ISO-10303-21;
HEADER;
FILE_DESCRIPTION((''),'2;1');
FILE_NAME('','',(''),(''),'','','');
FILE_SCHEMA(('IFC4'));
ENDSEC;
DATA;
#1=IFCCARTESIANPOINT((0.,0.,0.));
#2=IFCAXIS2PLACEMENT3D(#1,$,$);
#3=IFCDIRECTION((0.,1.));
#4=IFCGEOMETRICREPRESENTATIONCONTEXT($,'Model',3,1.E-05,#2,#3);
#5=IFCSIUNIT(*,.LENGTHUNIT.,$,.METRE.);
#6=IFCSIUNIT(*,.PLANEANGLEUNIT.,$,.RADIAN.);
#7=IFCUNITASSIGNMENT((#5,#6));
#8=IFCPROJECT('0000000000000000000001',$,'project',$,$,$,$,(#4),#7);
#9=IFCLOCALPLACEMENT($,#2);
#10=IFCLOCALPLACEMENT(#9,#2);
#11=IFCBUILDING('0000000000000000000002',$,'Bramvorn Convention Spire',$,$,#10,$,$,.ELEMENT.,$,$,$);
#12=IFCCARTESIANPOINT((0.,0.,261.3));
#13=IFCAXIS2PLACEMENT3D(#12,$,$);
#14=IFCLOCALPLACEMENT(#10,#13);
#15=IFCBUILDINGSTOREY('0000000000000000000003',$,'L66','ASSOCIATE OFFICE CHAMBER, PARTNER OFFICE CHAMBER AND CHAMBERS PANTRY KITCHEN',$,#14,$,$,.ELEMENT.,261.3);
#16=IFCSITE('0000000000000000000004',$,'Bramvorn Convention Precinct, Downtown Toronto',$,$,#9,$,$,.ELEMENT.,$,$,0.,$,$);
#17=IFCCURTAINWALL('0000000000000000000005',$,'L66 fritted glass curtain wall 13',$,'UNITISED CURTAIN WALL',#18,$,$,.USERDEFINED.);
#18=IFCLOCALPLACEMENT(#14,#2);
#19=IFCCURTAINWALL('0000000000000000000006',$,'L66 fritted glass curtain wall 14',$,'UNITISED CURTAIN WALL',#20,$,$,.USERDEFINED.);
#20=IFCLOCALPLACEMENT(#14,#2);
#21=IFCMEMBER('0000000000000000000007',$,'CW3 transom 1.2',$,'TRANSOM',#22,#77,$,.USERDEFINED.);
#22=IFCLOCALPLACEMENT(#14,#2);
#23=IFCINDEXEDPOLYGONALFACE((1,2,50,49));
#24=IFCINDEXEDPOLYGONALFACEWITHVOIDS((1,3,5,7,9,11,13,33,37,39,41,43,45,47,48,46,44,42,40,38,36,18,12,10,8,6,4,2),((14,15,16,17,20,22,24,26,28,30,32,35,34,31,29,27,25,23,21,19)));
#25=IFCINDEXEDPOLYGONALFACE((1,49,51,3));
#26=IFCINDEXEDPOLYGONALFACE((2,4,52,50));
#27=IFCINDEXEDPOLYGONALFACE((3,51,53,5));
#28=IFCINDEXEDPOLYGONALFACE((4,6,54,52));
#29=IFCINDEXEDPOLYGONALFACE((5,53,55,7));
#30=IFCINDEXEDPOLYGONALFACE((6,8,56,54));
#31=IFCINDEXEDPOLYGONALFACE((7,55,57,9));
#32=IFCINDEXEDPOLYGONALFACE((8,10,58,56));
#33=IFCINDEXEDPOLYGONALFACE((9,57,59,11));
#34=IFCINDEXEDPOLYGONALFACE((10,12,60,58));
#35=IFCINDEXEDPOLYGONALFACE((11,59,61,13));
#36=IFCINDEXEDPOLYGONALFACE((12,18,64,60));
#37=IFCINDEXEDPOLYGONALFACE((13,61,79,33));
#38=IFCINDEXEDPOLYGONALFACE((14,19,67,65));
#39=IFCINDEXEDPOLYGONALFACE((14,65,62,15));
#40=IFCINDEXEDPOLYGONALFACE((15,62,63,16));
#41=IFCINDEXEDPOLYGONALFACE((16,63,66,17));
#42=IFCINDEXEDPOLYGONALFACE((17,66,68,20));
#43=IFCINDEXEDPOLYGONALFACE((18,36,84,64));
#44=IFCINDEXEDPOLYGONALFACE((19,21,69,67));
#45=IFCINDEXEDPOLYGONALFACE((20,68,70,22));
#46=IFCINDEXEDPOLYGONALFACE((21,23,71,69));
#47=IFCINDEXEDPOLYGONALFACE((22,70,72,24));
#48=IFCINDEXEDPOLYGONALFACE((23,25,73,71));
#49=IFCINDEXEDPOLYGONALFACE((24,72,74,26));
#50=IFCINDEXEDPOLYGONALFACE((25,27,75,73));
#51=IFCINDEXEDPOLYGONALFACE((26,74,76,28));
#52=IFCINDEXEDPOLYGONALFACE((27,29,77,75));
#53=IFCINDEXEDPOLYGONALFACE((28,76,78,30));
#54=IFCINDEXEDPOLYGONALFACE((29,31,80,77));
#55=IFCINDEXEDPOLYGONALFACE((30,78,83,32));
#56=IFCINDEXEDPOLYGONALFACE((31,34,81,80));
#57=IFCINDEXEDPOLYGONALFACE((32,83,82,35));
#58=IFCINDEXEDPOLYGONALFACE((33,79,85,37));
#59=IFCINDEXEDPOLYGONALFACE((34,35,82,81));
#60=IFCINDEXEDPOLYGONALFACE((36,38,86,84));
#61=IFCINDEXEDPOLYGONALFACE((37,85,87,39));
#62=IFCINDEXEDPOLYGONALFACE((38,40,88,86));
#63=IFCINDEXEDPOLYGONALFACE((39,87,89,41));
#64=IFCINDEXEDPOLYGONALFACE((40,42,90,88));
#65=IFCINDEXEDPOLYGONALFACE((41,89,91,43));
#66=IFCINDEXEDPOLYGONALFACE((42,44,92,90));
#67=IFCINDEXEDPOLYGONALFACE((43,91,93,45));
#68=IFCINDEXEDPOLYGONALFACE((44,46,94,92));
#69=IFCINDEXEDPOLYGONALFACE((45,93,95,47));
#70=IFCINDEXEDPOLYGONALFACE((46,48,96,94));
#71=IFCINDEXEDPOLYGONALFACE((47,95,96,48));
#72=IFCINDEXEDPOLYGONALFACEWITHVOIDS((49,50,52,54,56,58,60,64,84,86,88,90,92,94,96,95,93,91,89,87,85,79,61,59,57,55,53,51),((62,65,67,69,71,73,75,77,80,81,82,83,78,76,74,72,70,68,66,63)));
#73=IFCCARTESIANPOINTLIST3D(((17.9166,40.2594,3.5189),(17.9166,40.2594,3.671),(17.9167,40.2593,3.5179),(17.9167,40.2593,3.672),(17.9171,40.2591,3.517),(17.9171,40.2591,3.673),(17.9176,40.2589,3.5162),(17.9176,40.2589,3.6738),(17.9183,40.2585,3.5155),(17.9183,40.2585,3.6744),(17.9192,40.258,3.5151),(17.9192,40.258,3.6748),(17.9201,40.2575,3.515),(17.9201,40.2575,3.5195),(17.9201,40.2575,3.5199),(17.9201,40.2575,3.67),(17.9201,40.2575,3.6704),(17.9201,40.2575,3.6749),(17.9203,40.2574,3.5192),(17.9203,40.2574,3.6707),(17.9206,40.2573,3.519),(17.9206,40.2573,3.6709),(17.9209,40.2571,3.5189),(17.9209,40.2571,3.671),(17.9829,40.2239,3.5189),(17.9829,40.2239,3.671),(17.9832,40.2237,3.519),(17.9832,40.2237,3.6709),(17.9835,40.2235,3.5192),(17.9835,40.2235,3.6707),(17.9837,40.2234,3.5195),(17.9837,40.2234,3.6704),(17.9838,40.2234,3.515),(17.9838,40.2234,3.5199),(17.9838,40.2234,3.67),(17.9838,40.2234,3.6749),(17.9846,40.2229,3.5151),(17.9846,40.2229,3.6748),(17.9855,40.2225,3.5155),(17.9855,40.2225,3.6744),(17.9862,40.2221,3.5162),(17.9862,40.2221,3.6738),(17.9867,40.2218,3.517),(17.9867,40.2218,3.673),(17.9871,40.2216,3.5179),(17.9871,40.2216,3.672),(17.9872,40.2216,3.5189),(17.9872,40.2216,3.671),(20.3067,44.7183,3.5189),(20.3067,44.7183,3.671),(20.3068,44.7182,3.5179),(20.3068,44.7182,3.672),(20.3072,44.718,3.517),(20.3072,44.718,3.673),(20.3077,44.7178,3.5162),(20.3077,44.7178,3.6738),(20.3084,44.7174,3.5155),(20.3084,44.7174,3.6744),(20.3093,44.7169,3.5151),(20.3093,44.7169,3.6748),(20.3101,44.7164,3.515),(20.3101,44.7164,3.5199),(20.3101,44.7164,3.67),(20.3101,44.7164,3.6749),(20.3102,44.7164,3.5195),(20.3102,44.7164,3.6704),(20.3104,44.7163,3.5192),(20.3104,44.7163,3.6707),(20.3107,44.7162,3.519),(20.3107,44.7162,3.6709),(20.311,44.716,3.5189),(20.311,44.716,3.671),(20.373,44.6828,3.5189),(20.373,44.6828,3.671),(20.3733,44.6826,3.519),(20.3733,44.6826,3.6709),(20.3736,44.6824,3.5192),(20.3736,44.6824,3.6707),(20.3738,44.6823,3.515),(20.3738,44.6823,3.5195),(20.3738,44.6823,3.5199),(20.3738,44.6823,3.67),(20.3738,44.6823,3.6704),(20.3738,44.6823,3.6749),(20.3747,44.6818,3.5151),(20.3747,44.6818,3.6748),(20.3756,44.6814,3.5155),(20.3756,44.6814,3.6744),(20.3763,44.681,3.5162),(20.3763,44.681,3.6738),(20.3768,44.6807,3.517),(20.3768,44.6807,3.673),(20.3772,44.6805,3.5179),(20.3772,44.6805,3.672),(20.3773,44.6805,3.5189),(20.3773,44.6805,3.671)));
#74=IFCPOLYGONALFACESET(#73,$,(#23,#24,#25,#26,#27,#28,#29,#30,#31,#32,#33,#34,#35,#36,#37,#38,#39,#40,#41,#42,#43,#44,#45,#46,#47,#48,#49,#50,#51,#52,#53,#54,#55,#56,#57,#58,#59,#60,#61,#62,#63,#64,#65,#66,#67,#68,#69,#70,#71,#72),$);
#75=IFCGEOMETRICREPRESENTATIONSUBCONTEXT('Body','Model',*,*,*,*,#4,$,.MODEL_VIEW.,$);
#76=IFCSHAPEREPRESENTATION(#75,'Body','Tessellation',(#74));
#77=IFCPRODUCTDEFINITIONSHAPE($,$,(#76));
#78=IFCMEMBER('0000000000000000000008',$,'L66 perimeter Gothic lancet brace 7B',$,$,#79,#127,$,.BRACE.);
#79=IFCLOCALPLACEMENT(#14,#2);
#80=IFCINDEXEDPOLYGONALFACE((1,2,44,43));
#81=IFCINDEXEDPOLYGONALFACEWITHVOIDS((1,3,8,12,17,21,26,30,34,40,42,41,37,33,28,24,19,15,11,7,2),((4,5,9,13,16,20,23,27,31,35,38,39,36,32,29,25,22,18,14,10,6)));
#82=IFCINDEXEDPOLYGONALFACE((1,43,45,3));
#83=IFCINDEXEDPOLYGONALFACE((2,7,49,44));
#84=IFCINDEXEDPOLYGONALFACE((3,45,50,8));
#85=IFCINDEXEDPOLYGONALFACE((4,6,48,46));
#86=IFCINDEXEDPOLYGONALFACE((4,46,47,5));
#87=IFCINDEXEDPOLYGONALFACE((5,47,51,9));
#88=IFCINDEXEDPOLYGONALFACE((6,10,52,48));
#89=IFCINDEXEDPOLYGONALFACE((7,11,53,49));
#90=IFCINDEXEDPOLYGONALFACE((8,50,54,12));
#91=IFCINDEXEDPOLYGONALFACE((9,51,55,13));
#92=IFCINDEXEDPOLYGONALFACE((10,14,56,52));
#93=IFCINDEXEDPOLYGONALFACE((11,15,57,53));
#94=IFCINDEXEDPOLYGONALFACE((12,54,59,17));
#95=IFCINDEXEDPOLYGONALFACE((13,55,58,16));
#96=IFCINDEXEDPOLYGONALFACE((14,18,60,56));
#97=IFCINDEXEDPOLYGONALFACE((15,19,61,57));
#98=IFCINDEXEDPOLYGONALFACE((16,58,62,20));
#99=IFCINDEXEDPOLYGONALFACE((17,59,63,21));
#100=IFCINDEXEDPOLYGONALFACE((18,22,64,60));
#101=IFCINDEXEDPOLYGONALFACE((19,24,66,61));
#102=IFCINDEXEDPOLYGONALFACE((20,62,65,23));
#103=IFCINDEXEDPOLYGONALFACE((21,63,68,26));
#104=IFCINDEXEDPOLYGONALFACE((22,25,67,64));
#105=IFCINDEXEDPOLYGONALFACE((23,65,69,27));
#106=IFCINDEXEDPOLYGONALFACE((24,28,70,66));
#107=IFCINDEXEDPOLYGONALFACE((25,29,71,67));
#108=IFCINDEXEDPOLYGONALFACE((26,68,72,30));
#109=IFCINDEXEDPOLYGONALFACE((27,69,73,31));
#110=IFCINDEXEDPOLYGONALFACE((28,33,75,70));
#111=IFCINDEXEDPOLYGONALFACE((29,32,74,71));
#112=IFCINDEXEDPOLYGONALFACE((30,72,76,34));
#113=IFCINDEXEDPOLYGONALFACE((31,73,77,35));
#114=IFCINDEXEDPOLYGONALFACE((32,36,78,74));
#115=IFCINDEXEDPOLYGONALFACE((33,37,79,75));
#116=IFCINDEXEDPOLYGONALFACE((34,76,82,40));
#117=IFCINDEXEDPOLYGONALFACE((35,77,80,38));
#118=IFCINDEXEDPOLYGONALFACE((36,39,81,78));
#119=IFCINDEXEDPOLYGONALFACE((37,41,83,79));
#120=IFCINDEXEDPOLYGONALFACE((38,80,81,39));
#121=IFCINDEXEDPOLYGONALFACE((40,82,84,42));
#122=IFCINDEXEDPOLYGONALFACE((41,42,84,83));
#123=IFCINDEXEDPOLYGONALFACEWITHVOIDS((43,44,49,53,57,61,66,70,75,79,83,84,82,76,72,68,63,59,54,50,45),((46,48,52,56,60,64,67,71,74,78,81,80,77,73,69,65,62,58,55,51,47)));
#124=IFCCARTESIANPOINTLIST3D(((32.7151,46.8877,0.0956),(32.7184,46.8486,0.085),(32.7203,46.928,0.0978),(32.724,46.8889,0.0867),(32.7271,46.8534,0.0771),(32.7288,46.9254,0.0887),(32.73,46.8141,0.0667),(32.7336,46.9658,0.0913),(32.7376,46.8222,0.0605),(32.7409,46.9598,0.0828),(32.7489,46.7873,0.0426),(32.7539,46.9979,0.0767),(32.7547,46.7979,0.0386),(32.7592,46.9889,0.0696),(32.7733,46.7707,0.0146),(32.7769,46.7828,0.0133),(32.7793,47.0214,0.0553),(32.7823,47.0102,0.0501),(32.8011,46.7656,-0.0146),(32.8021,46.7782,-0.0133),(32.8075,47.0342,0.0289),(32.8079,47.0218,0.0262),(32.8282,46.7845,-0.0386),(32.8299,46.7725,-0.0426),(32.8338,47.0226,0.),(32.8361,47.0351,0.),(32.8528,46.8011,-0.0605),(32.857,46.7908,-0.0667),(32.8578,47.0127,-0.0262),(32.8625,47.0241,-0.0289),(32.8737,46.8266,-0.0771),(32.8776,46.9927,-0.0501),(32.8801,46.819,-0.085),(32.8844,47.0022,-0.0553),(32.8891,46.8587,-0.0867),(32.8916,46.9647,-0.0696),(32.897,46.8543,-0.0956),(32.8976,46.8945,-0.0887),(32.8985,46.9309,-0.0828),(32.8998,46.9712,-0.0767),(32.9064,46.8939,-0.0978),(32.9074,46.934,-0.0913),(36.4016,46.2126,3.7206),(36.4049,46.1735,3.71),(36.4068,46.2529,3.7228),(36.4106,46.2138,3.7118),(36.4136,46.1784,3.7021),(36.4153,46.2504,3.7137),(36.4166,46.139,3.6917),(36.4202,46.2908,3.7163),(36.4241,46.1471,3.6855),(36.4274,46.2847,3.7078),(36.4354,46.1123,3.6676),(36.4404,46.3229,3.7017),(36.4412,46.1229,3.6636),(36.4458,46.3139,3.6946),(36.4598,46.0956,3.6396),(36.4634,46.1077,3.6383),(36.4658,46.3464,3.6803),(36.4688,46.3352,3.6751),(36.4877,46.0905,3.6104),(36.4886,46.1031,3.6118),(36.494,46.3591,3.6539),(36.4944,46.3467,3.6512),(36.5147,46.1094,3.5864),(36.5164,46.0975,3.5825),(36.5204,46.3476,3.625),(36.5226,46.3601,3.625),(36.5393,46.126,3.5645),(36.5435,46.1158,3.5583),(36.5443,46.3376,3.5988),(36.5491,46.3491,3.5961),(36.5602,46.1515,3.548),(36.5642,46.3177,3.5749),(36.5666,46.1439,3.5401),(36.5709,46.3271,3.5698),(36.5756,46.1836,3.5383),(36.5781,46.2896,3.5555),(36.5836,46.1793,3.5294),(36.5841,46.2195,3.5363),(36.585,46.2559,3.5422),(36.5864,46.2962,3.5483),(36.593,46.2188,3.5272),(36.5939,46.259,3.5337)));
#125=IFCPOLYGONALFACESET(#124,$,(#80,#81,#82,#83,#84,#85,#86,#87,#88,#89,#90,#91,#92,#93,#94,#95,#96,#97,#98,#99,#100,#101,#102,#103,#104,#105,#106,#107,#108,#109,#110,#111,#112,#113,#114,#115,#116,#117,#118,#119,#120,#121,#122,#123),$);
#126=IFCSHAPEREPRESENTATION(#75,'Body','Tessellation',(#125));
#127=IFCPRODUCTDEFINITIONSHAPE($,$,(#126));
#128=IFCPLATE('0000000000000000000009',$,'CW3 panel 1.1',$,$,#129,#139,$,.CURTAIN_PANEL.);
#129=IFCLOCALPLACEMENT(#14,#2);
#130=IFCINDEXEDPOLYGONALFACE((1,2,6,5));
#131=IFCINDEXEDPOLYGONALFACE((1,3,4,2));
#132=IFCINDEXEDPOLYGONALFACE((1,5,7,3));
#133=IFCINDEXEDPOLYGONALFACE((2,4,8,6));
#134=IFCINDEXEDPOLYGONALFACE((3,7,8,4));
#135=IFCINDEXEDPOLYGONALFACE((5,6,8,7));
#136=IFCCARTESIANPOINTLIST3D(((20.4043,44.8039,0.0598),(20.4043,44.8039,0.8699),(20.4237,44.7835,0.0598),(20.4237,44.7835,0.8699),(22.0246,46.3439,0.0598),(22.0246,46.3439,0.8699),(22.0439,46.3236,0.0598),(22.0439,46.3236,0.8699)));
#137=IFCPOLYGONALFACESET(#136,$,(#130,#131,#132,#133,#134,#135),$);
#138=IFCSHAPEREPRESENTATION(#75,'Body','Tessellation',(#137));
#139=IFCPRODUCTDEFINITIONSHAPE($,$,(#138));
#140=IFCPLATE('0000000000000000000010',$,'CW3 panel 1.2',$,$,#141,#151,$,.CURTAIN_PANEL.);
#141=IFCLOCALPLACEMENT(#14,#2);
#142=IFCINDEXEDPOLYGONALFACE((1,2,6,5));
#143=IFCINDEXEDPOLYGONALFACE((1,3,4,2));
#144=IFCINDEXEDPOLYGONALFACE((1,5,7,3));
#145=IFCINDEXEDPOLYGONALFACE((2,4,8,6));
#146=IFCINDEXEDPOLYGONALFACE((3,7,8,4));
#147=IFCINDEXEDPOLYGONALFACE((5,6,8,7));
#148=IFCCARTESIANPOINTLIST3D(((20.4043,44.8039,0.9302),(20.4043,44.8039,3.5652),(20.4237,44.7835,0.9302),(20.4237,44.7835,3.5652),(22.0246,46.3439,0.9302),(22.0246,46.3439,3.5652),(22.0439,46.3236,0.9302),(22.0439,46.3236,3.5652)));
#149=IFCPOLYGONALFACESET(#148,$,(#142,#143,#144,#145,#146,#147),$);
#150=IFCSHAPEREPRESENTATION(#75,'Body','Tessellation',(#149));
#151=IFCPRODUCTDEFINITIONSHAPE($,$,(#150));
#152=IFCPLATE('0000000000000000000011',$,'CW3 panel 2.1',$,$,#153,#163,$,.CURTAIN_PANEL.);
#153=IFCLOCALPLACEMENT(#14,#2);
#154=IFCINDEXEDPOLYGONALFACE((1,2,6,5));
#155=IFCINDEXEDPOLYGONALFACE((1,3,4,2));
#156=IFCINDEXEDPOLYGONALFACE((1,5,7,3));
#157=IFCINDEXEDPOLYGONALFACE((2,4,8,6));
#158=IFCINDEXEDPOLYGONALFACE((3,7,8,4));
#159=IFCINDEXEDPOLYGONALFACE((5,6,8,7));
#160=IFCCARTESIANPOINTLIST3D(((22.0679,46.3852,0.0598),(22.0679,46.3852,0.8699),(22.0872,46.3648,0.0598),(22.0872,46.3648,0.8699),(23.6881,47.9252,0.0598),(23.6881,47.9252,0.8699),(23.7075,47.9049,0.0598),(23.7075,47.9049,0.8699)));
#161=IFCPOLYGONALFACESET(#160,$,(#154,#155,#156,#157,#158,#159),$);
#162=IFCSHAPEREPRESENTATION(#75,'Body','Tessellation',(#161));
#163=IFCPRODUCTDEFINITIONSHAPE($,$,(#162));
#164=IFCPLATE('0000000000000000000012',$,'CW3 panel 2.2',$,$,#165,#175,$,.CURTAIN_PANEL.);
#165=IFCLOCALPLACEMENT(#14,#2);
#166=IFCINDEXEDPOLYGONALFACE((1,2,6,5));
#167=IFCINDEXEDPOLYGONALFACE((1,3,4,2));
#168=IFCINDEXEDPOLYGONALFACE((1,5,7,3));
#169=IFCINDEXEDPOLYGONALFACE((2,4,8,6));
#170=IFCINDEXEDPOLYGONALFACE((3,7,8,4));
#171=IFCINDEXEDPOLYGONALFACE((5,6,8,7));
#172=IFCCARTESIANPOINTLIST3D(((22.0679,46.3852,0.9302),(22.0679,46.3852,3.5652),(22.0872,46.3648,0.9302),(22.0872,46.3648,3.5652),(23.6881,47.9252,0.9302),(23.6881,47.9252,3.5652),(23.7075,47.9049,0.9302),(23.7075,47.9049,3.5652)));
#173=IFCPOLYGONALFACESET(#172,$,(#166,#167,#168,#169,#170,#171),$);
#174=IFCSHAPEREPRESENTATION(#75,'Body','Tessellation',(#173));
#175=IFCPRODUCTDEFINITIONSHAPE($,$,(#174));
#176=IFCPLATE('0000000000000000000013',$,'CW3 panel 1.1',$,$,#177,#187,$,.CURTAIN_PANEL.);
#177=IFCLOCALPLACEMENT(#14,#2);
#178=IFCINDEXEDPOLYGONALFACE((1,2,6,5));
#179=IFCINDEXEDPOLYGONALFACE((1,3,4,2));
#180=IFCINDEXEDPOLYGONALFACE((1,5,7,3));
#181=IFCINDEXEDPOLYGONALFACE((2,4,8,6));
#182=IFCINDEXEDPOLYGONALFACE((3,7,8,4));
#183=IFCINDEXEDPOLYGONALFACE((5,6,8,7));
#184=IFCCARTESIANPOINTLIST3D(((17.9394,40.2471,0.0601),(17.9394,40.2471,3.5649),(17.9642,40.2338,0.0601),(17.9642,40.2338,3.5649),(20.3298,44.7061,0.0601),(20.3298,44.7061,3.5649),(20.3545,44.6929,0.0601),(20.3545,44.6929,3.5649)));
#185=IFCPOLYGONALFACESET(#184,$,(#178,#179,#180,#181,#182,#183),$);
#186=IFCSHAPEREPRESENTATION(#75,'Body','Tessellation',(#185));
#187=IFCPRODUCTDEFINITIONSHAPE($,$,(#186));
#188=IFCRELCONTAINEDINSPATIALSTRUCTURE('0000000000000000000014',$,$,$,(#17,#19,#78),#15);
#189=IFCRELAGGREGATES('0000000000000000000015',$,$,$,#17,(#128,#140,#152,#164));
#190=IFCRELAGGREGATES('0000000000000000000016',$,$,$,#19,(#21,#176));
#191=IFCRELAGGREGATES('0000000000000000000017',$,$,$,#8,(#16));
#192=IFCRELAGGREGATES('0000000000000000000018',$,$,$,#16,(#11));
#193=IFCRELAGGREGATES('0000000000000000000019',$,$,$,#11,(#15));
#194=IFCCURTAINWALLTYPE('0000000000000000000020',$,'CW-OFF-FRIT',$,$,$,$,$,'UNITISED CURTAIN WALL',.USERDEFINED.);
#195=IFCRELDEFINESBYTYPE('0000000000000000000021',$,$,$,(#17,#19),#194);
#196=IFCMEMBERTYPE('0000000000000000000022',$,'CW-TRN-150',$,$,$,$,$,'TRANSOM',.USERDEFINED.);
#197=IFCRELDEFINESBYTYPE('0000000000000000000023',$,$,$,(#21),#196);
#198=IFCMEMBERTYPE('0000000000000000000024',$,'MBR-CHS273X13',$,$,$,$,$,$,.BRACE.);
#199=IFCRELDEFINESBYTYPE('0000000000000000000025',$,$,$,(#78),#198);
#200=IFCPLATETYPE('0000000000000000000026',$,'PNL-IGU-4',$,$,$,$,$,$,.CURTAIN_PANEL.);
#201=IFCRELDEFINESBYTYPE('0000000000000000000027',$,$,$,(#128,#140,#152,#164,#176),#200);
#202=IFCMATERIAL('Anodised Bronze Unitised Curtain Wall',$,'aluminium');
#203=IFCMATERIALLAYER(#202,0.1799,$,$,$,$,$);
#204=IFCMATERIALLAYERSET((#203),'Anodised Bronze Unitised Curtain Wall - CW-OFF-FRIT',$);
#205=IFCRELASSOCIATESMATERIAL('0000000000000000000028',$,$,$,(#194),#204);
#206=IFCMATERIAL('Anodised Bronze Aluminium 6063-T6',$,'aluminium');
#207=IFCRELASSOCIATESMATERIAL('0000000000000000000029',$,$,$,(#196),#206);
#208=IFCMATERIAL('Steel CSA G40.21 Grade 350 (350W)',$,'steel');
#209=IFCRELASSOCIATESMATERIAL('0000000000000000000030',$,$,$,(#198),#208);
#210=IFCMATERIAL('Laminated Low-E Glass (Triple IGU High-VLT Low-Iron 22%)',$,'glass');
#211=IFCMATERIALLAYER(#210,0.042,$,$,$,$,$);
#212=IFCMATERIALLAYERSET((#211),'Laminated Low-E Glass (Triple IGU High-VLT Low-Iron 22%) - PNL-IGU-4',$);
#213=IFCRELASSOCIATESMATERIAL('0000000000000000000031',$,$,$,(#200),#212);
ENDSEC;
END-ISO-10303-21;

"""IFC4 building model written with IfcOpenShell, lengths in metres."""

from ifc_helpers import new_model, si_unit, direction, frame, origin, origin_2d, place, context, subcontext, project, spatial, rectangle, hollow_rectangle, hollow_circle, extrude, material, layer, layer_set, material_profile, profile_set, type_object, element, aggregate, save


model = new_model("IFC4")

# Units and contexts
model_context = context("Model", 3, precision=1e-05, world=origin(), true_north=direction((0.0, 1.0)))
body_context = subcontext(model_context, "Body", "Model", "MODEL_VIEW")
ifc_project = project(units=[si_unit("LENGTHUNIT", "METRE"), si_unit("PLANEANGLEUNIT", "RADIAN")], contexts=[model_context])

# Site, building, storey
site_placement = place(None, origin())
site = spatial("IfcSite", under=ifc_project, at=site_placement, Name="Bramvorn Convention Precinct, Downtown Toronto", CompositionType="ELEMENT", RefElevation=0.0)
building_placement = place(site_placement, origin())
building = spatial("IfcBuilding", under=site, at=building_placement, Name="Bramvorn Convention Spire", CompositionType="ELEMENT")
storey_placement = place(building_placement, frame((0.0, 0.0, 261.3)))
storey = spatial("IfcBuildingStorey", under=building, at=storey_placement, Name="L66", Description="ASSOCIATE OFFICE CHAMBER, PARTNER OFFICE CHAMBER AND CHAMBERS PANTRY KITCHEN", CompositionType="ELEMENT", Elevation=261.3)

# Shared definitions
ifc_material_1 = material(Name="Steel CSA G40.21 Grade 350 (350W)", Category="steel")

# Curtain walls
ifc_material_2 = material(Name="Anodised Bronze Unitised Curtain Wall", Category="aluminium")
ifc_layer_1 = layer(ifc_material_2, 0.1799)
ifc_layer_set_1 = layer_set([ifc_layer_1], Name="Anodised Bronze Unitised Curtain Wall - CW-OFF-FRIT")
curtain_wall_type = type_object("IfcCurtainWallType", Name="CW-OFF-FRIT", ElementType="UNITISED CURTAIN WALL", PredefinedType="USERDEFINED", material=ifc_layer_set_1)
curtain_wall_1_placement = place(storey_placement, origin())
curtain_wall_1 = element("IfcCurtainWall", 1, at=curtain_wall_1_placement, inside=storey, type_object=curtain_wall_type, Name="L66 fritted glass curtain wall 13", ObjectType="UNITISED CURTAIN WALL", PredefinedType="USERDEFINED")
ifc_material_3 = material(Name="Anodised Bronze Aluminium 6063-T6", Category="aluminium")
curtain_wall_2_placement = place(storey_placement, origin())
curtain_wall_2 = element("IfcCurtainWall", 2, at=curtain_wall_2_placement, inside=storey, type_object=curtain_wall_type, Name="L66 fritted glass curtain wall 14", ObjectType="UNITISED CURTAIN WALL", PredefinedType="USERDEFINED")

# Members
ifc_material_profile_1 = material_profile(ifc_material_3, hollow_rectangle(XDim=0.0801, YDim=0.1599, WallThickness=0.0039, InnerFilletRadius=0.001, OuterFilletRadius=0.0039, at=origin_2d()))
ifc_profile_set_1 = profile_set([ifc_material_profile_1], Name="Anodised Bronze Aluminium 6063-T6 - CWT80X160")
member_type_1 = type_object("IfcMemberType", Name="CW-TRN-150", ElementType="TRANSOM", PredefinedType="USERDEFINED", material=ifc_profile_set_1)
member_1_placement = place(storey_placement, frame((17.9519, 40.2405, 3.595), z_axis=(0.472436, 0.881365, 0.0), x_axis=(-0.881365, 0.472436, 0.0)))
member_1 = element("IfcMember", 3, at=member_1_placement, type_object=member_type_1, Name="CW3 transom 1.2", ObjectType="TRANSOM", PredefinedType="USERDEFINED", context=body_context, shape_type="SweptSolid", body=[
    extrude(hollow_rectangle(XDim=0.0801, YDim=0.1599, WallThickness=0.0039, InnerFilletRadius=0.001, OuterFilletRadius=0.0039, at=origin_2d()), origin(), (0.0, 0.0, 1.0), 5.0591),
])
ifc_material_profile_2 = material_profile(ifc_material_1, hollow_circle(Radius=0.1365, WallThickness=0.0127, at=origin_2d()))
ifc_profile_set_2 = profile_set([ifc_material_profile_2], Name="Steel CSA G40.21 Grade 350 (350W) - CHS273X13")
member_type_2 = type_object("IfcMemberType", Name="MBR-CHS273X13", PredefinedType="BRACE", material=ifc_profile_set_2)
member_2_placement = place(storey_placement, frame((32.8115, 46.9009, 0.0), z_axis=(0.707031, -0.129466, 0.695231), x_axis=(0.180118, 0.983645, 0.0)))
element("IfcMember", 4, at=member_2_placement, inside=storey, type_object=member_type_2, Name="L66 perimeter Gothic lancet brace 7B", PredefinedType="BRACE", context=body_context, shape_type="SweptSolid", body=[
    extrude(hollow_circle(Radius=0.1365, WallThickness=0.0127, at=origin_2d()), origin(), (0.0, 0.0, 1.0), 5.2141),
])

# Plates
ifc_material_4 = material(Name="Laminated Low-E Glass (Triple IGU High-VLT Low-Iron 22%)", Category="glass")
ifc_layer_2 = layer(ifc_material_4, 0.042)
ifc_layer_set_2 = layer_set([ifc_layer_2], Name="Laminated Low-E Glass (Triple IGU High-VLT Low-Iron 22%) - PNL-IGU-4")
plate_type = type_object("IfcPlateType", Name="PNL-IGU-4", PredefinedType="CURTAIN_PANEL", material=ifc_layer_set_2)
plate_1_placement = place(storey_placement, frame((21.2241, 45.5637, 0.0598), z_axis=(0.0, 0.0, 1.0), x_axis=(0.724823, 0.688935, 0.0)))
plate_1 = element("IfcPlate", 5, at=plate_1_placement, type_object=plate_type, Name="CW3 panel 1.1", PredefinedType="CURTAIN_PANEL", context=body_context, shape_type="SweptSolid", body=[
    extrude(rectangle(XDim=2.2354, YDim=0.0281, at=origin_2d()), origin(), (0.0, 0.0, 1.0), 0.8101),
])
plate_2_placement = place(storey_placement, frame((21.2241, 45.5637, 0.9302), z_axis=(0.0, 0.0, 1.0), x_axis=(0.724823, 0.688935, 0.0)))
plate_2 = element("IfcPlate", 6, at=plate_2_placement, type_object=plate_type, Name="CW3 panel 1.2", PredefinedType="CURTAIN_PANEL", context=body_context, shape_type="SweptSolid", body=[
    extrude(rectangle(XDim=2.2354, YDim=0.0281, at=origin_2d()), origin(), (0.0, 0.0, 1.0), 2.635),
])
plate_3_placement = place(storey_placement, frame((22.8877, 47.145, 0.0598), z_axis=(0.0, 0.0, 1.0), x_axis=(0.724823, 0.688935, 0.0)))
plate_3 = element("IfcPlate", 7, at=plate_3_placement, type_object=plate_type, Name="CW3 panel 2.1", PredefinedType="CURTAIN_PANEL", context=body_context, shape_type="SweptSolid", body=[
    extrude(rectangle(XDim=2.2354, YDim=0.0281, at=origin_2d()), origin(), (0.0, 0.0, 1.0), 0.8101),
])
plate_4_placement = place(storey_placement, frame((22.8877, 47.145, 0.9302), z_axis=(0.0, 0.0, 1.0), x_axis=(0.724823, 0.688935, 0.0)))
plate_4 = element("IfcPlate", 8, at=plate_4_placement, type_object=plate_type, Name="CW3 panel 2.2", PredefinedType="CURTAIN_PANEL", context=body_context, shape_type="SweptSolid", body=[
    extrude(rectangle(XDim=2.2354, YDim=0.0281, at=origin_2d()), origin(), (0.0, 0.0, 1.0), 2.635),
])
aggregate(curtain_wall_1, [plate_1, plate_2, plate_3, plate_4])
plate_5_placement = place(storey_placement, frame((19.147, 42.47, 0.0601), z_axis=(0.0, 0.0, 1.0), x_axis=(0.472465, 0.881349, 0.0)))
plate_5 = element("IfcPlate", 9, at=plate_5_placement, type_object=plate_type, Name="CW3 panel 1.1", PredefinedType="CURTAIN_PANEL", context=body_context, shape_type="SweptSolid", body=[
    extrude(rectangle(XDim=5.0593, YDim=0.0281, at=origin_2d()), origin(), (0.0, 0.0, 1.0), 3.5049),
])
aggregate(curtain_wall_2, [member_1, plate_5])

save(model, "model.ifc")
